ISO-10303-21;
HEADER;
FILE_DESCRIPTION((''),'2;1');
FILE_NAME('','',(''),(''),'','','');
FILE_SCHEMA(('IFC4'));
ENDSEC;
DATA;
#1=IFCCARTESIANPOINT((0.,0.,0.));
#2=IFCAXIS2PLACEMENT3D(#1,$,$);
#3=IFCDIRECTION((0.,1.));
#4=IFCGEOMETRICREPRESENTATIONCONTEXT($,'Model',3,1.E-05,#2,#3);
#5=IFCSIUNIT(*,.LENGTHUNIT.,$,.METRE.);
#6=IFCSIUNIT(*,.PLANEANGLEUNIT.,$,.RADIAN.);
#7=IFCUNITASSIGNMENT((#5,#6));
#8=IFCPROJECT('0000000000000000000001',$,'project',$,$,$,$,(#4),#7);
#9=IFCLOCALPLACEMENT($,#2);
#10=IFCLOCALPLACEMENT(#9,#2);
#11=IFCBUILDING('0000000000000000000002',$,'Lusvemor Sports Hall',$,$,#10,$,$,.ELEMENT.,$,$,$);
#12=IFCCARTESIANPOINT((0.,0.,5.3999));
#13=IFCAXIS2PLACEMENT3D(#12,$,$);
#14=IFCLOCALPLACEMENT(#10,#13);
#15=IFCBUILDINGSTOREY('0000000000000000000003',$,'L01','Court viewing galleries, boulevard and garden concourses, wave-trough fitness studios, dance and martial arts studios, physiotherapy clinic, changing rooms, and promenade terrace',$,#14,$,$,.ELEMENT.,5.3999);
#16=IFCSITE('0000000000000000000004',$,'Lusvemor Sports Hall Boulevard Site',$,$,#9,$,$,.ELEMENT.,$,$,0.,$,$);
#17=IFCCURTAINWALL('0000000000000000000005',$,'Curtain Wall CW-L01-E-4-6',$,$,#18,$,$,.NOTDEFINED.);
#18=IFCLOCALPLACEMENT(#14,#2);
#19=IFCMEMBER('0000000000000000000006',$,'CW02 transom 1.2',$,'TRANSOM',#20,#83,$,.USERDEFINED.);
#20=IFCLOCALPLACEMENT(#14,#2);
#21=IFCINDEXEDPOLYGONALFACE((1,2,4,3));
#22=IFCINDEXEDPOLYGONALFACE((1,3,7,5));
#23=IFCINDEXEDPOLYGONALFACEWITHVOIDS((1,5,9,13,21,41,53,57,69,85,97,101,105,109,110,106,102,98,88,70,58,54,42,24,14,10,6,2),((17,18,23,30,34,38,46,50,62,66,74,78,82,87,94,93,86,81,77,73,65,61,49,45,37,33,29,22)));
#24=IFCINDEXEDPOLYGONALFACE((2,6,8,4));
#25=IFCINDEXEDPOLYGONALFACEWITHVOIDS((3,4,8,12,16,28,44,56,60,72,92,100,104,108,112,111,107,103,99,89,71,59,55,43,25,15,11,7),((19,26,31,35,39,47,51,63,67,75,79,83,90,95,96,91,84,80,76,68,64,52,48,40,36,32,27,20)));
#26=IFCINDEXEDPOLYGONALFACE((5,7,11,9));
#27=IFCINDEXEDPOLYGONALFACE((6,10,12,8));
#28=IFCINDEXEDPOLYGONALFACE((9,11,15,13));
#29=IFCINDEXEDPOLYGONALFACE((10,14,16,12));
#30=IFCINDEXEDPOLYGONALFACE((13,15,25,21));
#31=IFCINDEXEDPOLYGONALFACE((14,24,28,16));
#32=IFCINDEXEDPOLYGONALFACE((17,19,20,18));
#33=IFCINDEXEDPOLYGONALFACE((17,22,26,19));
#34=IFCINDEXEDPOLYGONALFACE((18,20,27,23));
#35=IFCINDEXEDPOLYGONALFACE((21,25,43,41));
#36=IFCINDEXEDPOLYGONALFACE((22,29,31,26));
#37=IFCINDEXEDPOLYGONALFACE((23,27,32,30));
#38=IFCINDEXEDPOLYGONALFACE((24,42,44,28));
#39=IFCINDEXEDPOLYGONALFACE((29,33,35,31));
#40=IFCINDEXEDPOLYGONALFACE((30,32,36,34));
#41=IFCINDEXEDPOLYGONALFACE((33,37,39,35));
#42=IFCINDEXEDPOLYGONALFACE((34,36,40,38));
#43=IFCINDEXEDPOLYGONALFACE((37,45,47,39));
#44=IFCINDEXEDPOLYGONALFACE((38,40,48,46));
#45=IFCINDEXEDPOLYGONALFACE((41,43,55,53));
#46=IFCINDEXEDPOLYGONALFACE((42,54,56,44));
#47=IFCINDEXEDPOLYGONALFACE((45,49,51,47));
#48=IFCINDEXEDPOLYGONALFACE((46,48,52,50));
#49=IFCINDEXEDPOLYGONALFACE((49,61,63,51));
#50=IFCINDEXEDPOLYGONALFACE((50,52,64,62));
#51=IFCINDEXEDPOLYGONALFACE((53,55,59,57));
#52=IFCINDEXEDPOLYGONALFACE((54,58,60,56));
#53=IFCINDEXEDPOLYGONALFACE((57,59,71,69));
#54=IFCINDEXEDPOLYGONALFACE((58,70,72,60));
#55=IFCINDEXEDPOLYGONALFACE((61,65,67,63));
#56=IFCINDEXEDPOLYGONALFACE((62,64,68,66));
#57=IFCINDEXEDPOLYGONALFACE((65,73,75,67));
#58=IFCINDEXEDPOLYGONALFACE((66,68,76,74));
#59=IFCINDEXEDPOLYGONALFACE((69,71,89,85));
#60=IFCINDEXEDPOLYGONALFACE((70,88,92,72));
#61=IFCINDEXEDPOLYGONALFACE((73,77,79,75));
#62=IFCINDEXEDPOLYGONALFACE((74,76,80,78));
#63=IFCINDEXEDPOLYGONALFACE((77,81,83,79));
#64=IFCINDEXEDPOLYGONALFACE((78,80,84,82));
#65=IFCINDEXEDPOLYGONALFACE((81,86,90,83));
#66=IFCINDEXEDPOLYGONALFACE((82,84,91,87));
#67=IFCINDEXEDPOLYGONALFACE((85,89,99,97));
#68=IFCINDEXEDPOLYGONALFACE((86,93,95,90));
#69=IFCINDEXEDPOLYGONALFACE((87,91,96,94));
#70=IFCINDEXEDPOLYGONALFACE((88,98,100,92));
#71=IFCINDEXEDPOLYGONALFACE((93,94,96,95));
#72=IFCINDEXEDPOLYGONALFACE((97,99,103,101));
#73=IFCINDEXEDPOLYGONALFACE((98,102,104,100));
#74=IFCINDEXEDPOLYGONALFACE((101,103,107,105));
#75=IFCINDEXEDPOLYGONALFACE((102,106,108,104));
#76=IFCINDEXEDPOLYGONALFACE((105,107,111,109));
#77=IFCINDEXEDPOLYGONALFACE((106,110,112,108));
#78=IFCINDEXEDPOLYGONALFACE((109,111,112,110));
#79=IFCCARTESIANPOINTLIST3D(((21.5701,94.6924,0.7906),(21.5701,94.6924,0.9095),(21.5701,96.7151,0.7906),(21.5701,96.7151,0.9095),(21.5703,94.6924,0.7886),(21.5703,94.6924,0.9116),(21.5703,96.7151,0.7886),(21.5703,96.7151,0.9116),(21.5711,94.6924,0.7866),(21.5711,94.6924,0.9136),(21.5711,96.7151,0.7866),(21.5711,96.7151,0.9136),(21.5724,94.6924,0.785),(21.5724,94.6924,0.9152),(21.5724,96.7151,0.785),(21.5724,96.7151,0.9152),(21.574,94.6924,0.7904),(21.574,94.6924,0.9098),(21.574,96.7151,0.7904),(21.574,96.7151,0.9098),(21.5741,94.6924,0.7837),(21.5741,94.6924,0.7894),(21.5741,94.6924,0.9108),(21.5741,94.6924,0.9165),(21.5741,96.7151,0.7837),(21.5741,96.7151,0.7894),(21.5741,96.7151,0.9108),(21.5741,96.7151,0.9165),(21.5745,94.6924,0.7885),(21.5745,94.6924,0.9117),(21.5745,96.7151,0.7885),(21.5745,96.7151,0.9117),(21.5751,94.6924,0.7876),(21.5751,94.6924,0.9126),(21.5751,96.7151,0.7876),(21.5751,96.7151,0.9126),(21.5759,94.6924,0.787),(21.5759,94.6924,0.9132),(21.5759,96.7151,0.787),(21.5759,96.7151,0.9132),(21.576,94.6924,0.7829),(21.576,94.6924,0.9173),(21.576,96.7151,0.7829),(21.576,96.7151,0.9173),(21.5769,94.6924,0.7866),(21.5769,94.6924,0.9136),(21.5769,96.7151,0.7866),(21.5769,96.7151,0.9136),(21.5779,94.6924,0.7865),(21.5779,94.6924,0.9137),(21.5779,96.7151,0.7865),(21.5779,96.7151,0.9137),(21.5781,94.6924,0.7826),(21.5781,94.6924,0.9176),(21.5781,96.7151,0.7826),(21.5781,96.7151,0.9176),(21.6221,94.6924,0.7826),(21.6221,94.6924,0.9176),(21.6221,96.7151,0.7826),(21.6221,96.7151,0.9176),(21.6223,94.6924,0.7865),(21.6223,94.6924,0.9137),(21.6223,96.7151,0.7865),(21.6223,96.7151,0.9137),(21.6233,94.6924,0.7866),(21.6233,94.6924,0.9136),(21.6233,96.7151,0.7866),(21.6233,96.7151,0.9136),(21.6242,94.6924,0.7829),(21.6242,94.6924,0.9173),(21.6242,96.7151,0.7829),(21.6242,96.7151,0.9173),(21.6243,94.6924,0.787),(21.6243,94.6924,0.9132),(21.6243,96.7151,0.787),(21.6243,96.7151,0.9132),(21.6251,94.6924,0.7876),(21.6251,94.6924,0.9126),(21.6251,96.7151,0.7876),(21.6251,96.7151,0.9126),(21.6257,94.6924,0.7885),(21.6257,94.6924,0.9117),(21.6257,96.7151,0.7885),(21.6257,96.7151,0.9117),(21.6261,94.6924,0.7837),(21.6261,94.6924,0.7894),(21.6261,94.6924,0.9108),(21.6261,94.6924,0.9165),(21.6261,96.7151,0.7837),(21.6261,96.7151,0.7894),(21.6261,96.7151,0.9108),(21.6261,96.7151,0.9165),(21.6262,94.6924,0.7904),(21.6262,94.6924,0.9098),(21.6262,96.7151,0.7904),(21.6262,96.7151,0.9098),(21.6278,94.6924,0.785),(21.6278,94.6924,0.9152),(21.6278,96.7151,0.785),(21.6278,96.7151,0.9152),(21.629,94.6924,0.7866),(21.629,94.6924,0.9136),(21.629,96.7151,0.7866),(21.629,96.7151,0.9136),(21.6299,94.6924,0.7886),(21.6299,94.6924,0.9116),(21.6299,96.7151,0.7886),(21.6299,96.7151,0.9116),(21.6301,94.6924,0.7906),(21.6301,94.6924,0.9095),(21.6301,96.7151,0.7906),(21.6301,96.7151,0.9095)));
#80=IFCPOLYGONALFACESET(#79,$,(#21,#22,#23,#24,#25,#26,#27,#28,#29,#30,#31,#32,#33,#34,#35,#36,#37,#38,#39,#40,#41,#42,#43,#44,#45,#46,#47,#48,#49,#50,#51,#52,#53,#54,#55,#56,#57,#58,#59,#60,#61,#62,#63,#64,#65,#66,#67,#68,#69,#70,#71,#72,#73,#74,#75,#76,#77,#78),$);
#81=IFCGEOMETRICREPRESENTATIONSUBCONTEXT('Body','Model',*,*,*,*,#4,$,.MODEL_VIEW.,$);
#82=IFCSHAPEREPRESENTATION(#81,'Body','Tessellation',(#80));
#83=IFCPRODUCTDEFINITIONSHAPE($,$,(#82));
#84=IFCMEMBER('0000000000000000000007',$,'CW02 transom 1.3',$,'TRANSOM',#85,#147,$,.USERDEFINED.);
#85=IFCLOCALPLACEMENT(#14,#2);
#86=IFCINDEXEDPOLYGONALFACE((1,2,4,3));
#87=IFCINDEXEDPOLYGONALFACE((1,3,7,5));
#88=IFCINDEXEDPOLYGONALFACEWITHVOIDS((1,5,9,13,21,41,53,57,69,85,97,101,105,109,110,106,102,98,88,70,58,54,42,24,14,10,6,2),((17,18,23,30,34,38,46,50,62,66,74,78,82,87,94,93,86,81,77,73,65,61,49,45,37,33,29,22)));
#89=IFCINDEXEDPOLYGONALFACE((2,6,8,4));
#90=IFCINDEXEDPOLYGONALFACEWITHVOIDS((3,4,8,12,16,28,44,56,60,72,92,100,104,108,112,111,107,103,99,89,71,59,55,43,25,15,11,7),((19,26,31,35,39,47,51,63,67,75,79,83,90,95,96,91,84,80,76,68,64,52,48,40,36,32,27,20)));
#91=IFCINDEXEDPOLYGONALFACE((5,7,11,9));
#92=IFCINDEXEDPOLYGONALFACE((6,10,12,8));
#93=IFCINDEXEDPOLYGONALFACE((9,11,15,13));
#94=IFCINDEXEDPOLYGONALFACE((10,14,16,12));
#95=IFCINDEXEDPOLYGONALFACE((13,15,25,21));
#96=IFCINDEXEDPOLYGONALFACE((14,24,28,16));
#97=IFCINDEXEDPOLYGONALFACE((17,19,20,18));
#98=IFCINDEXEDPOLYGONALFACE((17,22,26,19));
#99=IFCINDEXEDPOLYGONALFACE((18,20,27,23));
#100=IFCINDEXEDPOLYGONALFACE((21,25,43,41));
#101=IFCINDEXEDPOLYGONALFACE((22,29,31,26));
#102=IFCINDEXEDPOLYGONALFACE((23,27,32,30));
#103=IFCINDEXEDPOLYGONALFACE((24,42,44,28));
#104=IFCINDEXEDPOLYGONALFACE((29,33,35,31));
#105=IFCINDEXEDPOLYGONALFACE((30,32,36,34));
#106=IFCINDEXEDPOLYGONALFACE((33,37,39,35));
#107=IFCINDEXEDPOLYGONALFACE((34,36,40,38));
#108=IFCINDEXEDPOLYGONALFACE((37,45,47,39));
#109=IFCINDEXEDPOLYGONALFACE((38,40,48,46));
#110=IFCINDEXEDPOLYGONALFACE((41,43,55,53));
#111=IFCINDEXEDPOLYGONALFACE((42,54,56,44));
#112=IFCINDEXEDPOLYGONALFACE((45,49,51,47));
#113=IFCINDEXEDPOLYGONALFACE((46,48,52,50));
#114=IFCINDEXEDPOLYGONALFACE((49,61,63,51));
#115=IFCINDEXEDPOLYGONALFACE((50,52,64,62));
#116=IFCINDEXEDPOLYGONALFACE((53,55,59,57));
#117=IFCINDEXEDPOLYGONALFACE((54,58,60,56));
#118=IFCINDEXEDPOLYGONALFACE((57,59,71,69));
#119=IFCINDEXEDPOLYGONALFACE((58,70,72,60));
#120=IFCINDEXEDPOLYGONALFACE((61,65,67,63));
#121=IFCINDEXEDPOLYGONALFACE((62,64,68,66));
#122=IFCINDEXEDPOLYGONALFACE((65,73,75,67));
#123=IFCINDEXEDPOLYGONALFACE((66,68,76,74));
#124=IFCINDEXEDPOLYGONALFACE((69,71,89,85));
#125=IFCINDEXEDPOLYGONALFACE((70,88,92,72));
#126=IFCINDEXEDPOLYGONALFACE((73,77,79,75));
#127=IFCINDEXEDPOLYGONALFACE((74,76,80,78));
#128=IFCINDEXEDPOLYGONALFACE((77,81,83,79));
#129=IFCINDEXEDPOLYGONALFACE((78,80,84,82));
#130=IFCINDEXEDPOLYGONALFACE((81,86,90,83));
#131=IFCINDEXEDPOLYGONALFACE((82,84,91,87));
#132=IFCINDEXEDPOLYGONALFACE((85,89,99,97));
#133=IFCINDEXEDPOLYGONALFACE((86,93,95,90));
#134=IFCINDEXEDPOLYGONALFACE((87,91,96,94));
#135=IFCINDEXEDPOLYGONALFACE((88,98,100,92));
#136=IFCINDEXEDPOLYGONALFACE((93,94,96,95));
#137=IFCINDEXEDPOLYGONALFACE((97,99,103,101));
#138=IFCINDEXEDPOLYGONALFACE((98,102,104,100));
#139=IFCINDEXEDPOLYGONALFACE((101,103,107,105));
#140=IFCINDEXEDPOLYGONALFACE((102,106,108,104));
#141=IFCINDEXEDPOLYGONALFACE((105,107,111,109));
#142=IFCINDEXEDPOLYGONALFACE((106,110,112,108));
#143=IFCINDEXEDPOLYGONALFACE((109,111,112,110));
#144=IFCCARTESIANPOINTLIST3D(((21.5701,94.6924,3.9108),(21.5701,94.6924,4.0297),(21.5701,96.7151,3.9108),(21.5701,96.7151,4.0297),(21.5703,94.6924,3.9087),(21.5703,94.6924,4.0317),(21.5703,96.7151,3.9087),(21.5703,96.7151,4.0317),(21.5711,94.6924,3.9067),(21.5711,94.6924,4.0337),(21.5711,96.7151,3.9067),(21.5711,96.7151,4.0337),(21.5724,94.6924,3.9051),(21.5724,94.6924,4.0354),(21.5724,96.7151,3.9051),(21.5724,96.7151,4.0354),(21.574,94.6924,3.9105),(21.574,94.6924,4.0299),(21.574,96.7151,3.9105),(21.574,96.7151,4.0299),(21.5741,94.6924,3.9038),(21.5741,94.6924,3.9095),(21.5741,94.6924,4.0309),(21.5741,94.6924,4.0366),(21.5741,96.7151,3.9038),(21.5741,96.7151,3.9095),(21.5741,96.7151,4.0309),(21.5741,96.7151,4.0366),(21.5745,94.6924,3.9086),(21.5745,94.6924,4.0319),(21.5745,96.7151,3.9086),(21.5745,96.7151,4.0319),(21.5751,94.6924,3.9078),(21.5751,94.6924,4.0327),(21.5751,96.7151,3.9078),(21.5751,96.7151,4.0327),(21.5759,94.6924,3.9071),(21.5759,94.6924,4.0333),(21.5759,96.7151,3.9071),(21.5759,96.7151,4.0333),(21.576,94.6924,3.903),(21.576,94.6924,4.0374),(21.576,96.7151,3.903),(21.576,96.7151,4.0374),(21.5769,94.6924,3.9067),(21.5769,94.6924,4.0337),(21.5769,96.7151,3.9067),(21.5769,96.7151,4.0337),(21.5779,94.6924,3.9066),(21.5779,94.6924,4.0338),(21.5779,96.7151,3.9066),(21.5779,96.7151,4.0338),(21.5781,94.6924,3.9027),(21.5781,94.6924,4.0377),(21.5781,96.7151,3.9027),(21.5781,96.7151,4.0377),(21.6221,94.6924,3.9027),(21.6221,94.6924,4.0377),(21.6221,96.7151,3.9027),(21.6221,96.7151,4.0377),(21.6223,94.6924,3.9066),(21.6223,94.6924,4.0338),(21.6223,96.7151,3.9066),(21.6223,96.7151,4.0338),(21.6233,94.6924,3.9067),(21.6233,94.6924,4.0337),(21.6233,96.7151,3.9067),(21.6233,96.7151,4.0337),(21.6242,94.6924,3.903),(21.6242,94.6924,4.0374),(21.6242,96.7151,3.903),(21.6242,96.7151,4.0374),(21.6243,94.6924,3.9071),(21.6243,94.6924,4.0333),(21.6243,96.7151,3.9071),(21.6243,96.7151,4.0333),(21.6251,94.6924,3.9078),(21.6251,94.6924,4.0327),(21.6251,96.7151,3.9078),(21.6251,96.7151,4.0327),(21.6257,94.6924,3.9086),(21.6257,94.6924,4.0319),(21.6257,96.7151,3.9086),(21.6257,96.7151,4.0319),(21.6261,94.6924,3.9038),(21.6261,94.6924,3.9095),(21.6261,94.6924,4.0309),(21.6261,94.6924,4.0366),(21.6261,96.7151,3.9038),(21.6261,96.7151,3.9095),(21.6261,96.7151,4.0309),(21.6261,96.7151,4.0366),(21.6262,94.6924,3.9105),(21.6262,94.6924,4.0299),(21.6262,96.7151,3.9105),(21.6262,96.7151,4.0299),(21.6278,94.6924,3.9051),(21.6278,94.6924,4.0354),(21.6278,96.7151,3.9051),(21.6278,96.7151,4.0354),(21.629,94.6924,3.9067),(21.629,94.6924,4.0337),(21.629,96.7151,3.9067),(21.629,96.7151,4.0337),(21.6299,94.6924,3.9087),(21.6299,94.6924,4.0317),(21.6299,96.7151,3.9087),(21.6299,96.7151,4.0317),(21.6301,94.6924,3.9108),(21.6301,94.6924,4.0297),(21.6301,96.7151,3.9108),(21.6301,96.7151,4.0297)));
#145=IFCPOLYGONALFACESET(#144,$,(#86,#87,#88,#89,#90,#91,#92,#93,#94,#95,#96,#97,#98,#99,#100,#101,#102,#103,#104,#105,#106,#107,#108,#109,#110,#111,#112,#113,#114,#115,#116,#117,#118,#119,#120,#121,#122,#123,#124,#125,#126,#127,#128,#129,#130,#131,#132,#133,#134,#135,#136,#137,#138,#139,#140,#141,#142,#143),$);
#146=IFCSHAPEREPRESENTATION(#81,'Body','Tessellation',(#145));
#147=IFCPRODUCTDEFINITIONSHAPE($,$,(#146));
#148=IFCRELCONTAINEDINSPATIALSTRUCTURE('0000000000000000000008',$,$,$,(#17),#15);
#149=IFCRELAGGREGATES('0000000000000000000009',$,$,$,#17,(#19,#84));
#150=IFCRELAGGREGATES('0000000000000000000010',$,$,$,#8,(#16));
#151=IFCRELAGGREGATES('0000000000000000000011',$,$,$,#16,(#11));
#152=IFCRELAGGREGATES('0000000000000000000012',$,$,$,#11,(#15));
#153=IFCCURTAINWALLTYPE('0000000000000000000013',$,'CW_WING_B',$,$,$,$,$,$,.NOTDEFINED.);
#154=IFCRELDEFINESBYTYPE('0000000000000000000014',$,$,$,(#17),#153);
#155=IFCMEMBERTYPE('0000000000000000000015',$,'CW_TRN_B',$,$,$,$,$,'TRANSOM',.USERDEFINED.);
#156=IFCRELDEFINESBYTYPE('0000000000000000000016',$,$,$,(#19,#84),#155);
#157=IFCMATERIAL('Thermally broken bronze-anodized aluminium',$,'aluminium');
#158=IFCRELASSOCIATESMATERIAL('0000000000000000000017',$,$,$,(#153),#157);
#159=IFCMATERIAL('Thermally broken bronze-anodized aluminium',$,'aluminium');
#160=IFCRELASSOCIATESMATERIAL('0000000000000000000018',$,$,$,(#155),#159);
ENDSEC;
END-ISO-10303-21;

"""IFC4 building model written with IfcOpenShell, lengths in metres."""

from ifc_helpers import new_model, si_unit, direction, frame, origin, origin_2d, place, context, subcontext, project, spatial, hollow_rectangle, extrude, material, material_profile, profile_set, type_object, element, aggregate, save


model = new_model("IFC4")

# Units and contexts
model_context = context("Model", 3, precision=1e-05, world=origin(), true_north=direction((0.0, 1.0)))
body_context = subcontext(model_context, "Body", "Model", "MODEL_VIEW")
ifc_project = project(units=[si_unit("LENGTHUNIT", "METRE"), si_unit("PLANEANGLEUNIT", "RADIAN")], contexts=[model_context])

# Site, building, storey
site_placement = place(None, origin())
site = spatial("IfcSite", under=ifc_project, at=site_placement, Name="Lusvemor Sports Hall Boulevard Site", CompositionType="ELEMENT", RefElevation=0.0)
building_placement = place(site_placement, origin())
building = spatial("IfcBuilding", under=site, at=building_placement, Name="Lusvemor Sports Hall", CompositionType="ELEMENT")
storey_placement = place(building_placement, frame((0.0, 0.0, 5.3999)))
storey = spatial("IfcBuildingStorey", under=building, at=storey_placement, Name="L01", Description="Court viewing galleries, boulevard and garden concourses, wave-trough fitness studios, dance and martial arts studios, physiotherapy clinic, changing rooms, and promenade terrace", CompositionType="ELEMENT", Elevation=5.3999)

# Shared definitions
ifc_material_1 = material(Name="Thermally broken bronze-anodized aluminium", Category="aluminium")
curtain_wall_type = type_object("IfcCurtainWallType", Name="CW_WING_B", PredefinedType="NOTDEFINED", material=ifc_material_1)

# Curtain wall
curtain_wall_1_placement = place(storey_placement, origin())
curtain_wall_1 = element("IfcCurtainWall", 1, at=curtain_wall_1_placement, inside=storey, type_object=curtain_wall_type, Name="Curtain Wall CW-L01-E-4-6", PredefinedType="NOTDEFINED")

# Members
ifc_material_2 = material(Name="Thermally broken bronze-anodized aluminium", Category="aluminium")
ifc_material_profile_1 = material_profile(ifc_material_2, hollow_rectangle(XDim=0.0601, YDim=0.135, WallThickness=0.0039, InnerFilletRadius=0.0039, OuterFilletRadius=0.0081, at=origin_2d()), Name="CWTRN135x60x4")
ifc_profile_set_1 = profile_set([ifc_material_profile_1], Name="Thermally broken bronze-anodized aluminium")
member_type_1 = type_object("IfcMemberType", Name="CW_TRN_B", ElementType="TRANSOM", PredefinedType="USERDEFINED", material=ifc_profile_set_1)
member_1_placement = place(storey_placement, frame((21.6001, 96.7151, 0.8501), z_axis=(0.0, -1.0, 0.0), x_axis=(1.0, 0.0, 0.0)))
member_1 = element("IfcMember", 2, at=member_1_placement, type_object=member_type_1, Name="CW02 transom 1.2", ObjectType="TRANSOM", PredefinedType="USERDEFINED", context=body_context, shape_type="SweptSolid", body=[
    extrude(hollow_rectangle(XDim=0.0601, YDim=0.135, WallThickness=0.0039, InnerFilletRadius=0.0039, OuterFilletRadius=0.0081, at=origin_2d()), origin(), (0.0, 0.0, 1.0), 2.0227),
])
member_2_placement = place(storey_placement, frame((21.6001, 96.7151, 3.9702), z_axis=(0.0, -1.0, 0.0), x_axis=(1.0, 0.0, 0.0)))
member_2 = element("IfcMember", 3, at=member_2_placement, type_object=member_type_1, Name="CW02 transom 1.3", ObjectType="TRANSOM", PredefinedType="USERDEFINED", context=body_context, shape_type="SweptSolid", body=[
    extrude(hollow_rectangle(XDim=0.0601, YDim=0.135, WallThickness=0.0039, InnerFilletRadius=0.0039, OuterFilletRadius=0.0081, at=origin_2d()), origin(), (0.0, 0.0, 1.0), 2.0227),
])

aggregate(curtain_wall_1, [member_1, member_2])

save(model, "model.ifc")
